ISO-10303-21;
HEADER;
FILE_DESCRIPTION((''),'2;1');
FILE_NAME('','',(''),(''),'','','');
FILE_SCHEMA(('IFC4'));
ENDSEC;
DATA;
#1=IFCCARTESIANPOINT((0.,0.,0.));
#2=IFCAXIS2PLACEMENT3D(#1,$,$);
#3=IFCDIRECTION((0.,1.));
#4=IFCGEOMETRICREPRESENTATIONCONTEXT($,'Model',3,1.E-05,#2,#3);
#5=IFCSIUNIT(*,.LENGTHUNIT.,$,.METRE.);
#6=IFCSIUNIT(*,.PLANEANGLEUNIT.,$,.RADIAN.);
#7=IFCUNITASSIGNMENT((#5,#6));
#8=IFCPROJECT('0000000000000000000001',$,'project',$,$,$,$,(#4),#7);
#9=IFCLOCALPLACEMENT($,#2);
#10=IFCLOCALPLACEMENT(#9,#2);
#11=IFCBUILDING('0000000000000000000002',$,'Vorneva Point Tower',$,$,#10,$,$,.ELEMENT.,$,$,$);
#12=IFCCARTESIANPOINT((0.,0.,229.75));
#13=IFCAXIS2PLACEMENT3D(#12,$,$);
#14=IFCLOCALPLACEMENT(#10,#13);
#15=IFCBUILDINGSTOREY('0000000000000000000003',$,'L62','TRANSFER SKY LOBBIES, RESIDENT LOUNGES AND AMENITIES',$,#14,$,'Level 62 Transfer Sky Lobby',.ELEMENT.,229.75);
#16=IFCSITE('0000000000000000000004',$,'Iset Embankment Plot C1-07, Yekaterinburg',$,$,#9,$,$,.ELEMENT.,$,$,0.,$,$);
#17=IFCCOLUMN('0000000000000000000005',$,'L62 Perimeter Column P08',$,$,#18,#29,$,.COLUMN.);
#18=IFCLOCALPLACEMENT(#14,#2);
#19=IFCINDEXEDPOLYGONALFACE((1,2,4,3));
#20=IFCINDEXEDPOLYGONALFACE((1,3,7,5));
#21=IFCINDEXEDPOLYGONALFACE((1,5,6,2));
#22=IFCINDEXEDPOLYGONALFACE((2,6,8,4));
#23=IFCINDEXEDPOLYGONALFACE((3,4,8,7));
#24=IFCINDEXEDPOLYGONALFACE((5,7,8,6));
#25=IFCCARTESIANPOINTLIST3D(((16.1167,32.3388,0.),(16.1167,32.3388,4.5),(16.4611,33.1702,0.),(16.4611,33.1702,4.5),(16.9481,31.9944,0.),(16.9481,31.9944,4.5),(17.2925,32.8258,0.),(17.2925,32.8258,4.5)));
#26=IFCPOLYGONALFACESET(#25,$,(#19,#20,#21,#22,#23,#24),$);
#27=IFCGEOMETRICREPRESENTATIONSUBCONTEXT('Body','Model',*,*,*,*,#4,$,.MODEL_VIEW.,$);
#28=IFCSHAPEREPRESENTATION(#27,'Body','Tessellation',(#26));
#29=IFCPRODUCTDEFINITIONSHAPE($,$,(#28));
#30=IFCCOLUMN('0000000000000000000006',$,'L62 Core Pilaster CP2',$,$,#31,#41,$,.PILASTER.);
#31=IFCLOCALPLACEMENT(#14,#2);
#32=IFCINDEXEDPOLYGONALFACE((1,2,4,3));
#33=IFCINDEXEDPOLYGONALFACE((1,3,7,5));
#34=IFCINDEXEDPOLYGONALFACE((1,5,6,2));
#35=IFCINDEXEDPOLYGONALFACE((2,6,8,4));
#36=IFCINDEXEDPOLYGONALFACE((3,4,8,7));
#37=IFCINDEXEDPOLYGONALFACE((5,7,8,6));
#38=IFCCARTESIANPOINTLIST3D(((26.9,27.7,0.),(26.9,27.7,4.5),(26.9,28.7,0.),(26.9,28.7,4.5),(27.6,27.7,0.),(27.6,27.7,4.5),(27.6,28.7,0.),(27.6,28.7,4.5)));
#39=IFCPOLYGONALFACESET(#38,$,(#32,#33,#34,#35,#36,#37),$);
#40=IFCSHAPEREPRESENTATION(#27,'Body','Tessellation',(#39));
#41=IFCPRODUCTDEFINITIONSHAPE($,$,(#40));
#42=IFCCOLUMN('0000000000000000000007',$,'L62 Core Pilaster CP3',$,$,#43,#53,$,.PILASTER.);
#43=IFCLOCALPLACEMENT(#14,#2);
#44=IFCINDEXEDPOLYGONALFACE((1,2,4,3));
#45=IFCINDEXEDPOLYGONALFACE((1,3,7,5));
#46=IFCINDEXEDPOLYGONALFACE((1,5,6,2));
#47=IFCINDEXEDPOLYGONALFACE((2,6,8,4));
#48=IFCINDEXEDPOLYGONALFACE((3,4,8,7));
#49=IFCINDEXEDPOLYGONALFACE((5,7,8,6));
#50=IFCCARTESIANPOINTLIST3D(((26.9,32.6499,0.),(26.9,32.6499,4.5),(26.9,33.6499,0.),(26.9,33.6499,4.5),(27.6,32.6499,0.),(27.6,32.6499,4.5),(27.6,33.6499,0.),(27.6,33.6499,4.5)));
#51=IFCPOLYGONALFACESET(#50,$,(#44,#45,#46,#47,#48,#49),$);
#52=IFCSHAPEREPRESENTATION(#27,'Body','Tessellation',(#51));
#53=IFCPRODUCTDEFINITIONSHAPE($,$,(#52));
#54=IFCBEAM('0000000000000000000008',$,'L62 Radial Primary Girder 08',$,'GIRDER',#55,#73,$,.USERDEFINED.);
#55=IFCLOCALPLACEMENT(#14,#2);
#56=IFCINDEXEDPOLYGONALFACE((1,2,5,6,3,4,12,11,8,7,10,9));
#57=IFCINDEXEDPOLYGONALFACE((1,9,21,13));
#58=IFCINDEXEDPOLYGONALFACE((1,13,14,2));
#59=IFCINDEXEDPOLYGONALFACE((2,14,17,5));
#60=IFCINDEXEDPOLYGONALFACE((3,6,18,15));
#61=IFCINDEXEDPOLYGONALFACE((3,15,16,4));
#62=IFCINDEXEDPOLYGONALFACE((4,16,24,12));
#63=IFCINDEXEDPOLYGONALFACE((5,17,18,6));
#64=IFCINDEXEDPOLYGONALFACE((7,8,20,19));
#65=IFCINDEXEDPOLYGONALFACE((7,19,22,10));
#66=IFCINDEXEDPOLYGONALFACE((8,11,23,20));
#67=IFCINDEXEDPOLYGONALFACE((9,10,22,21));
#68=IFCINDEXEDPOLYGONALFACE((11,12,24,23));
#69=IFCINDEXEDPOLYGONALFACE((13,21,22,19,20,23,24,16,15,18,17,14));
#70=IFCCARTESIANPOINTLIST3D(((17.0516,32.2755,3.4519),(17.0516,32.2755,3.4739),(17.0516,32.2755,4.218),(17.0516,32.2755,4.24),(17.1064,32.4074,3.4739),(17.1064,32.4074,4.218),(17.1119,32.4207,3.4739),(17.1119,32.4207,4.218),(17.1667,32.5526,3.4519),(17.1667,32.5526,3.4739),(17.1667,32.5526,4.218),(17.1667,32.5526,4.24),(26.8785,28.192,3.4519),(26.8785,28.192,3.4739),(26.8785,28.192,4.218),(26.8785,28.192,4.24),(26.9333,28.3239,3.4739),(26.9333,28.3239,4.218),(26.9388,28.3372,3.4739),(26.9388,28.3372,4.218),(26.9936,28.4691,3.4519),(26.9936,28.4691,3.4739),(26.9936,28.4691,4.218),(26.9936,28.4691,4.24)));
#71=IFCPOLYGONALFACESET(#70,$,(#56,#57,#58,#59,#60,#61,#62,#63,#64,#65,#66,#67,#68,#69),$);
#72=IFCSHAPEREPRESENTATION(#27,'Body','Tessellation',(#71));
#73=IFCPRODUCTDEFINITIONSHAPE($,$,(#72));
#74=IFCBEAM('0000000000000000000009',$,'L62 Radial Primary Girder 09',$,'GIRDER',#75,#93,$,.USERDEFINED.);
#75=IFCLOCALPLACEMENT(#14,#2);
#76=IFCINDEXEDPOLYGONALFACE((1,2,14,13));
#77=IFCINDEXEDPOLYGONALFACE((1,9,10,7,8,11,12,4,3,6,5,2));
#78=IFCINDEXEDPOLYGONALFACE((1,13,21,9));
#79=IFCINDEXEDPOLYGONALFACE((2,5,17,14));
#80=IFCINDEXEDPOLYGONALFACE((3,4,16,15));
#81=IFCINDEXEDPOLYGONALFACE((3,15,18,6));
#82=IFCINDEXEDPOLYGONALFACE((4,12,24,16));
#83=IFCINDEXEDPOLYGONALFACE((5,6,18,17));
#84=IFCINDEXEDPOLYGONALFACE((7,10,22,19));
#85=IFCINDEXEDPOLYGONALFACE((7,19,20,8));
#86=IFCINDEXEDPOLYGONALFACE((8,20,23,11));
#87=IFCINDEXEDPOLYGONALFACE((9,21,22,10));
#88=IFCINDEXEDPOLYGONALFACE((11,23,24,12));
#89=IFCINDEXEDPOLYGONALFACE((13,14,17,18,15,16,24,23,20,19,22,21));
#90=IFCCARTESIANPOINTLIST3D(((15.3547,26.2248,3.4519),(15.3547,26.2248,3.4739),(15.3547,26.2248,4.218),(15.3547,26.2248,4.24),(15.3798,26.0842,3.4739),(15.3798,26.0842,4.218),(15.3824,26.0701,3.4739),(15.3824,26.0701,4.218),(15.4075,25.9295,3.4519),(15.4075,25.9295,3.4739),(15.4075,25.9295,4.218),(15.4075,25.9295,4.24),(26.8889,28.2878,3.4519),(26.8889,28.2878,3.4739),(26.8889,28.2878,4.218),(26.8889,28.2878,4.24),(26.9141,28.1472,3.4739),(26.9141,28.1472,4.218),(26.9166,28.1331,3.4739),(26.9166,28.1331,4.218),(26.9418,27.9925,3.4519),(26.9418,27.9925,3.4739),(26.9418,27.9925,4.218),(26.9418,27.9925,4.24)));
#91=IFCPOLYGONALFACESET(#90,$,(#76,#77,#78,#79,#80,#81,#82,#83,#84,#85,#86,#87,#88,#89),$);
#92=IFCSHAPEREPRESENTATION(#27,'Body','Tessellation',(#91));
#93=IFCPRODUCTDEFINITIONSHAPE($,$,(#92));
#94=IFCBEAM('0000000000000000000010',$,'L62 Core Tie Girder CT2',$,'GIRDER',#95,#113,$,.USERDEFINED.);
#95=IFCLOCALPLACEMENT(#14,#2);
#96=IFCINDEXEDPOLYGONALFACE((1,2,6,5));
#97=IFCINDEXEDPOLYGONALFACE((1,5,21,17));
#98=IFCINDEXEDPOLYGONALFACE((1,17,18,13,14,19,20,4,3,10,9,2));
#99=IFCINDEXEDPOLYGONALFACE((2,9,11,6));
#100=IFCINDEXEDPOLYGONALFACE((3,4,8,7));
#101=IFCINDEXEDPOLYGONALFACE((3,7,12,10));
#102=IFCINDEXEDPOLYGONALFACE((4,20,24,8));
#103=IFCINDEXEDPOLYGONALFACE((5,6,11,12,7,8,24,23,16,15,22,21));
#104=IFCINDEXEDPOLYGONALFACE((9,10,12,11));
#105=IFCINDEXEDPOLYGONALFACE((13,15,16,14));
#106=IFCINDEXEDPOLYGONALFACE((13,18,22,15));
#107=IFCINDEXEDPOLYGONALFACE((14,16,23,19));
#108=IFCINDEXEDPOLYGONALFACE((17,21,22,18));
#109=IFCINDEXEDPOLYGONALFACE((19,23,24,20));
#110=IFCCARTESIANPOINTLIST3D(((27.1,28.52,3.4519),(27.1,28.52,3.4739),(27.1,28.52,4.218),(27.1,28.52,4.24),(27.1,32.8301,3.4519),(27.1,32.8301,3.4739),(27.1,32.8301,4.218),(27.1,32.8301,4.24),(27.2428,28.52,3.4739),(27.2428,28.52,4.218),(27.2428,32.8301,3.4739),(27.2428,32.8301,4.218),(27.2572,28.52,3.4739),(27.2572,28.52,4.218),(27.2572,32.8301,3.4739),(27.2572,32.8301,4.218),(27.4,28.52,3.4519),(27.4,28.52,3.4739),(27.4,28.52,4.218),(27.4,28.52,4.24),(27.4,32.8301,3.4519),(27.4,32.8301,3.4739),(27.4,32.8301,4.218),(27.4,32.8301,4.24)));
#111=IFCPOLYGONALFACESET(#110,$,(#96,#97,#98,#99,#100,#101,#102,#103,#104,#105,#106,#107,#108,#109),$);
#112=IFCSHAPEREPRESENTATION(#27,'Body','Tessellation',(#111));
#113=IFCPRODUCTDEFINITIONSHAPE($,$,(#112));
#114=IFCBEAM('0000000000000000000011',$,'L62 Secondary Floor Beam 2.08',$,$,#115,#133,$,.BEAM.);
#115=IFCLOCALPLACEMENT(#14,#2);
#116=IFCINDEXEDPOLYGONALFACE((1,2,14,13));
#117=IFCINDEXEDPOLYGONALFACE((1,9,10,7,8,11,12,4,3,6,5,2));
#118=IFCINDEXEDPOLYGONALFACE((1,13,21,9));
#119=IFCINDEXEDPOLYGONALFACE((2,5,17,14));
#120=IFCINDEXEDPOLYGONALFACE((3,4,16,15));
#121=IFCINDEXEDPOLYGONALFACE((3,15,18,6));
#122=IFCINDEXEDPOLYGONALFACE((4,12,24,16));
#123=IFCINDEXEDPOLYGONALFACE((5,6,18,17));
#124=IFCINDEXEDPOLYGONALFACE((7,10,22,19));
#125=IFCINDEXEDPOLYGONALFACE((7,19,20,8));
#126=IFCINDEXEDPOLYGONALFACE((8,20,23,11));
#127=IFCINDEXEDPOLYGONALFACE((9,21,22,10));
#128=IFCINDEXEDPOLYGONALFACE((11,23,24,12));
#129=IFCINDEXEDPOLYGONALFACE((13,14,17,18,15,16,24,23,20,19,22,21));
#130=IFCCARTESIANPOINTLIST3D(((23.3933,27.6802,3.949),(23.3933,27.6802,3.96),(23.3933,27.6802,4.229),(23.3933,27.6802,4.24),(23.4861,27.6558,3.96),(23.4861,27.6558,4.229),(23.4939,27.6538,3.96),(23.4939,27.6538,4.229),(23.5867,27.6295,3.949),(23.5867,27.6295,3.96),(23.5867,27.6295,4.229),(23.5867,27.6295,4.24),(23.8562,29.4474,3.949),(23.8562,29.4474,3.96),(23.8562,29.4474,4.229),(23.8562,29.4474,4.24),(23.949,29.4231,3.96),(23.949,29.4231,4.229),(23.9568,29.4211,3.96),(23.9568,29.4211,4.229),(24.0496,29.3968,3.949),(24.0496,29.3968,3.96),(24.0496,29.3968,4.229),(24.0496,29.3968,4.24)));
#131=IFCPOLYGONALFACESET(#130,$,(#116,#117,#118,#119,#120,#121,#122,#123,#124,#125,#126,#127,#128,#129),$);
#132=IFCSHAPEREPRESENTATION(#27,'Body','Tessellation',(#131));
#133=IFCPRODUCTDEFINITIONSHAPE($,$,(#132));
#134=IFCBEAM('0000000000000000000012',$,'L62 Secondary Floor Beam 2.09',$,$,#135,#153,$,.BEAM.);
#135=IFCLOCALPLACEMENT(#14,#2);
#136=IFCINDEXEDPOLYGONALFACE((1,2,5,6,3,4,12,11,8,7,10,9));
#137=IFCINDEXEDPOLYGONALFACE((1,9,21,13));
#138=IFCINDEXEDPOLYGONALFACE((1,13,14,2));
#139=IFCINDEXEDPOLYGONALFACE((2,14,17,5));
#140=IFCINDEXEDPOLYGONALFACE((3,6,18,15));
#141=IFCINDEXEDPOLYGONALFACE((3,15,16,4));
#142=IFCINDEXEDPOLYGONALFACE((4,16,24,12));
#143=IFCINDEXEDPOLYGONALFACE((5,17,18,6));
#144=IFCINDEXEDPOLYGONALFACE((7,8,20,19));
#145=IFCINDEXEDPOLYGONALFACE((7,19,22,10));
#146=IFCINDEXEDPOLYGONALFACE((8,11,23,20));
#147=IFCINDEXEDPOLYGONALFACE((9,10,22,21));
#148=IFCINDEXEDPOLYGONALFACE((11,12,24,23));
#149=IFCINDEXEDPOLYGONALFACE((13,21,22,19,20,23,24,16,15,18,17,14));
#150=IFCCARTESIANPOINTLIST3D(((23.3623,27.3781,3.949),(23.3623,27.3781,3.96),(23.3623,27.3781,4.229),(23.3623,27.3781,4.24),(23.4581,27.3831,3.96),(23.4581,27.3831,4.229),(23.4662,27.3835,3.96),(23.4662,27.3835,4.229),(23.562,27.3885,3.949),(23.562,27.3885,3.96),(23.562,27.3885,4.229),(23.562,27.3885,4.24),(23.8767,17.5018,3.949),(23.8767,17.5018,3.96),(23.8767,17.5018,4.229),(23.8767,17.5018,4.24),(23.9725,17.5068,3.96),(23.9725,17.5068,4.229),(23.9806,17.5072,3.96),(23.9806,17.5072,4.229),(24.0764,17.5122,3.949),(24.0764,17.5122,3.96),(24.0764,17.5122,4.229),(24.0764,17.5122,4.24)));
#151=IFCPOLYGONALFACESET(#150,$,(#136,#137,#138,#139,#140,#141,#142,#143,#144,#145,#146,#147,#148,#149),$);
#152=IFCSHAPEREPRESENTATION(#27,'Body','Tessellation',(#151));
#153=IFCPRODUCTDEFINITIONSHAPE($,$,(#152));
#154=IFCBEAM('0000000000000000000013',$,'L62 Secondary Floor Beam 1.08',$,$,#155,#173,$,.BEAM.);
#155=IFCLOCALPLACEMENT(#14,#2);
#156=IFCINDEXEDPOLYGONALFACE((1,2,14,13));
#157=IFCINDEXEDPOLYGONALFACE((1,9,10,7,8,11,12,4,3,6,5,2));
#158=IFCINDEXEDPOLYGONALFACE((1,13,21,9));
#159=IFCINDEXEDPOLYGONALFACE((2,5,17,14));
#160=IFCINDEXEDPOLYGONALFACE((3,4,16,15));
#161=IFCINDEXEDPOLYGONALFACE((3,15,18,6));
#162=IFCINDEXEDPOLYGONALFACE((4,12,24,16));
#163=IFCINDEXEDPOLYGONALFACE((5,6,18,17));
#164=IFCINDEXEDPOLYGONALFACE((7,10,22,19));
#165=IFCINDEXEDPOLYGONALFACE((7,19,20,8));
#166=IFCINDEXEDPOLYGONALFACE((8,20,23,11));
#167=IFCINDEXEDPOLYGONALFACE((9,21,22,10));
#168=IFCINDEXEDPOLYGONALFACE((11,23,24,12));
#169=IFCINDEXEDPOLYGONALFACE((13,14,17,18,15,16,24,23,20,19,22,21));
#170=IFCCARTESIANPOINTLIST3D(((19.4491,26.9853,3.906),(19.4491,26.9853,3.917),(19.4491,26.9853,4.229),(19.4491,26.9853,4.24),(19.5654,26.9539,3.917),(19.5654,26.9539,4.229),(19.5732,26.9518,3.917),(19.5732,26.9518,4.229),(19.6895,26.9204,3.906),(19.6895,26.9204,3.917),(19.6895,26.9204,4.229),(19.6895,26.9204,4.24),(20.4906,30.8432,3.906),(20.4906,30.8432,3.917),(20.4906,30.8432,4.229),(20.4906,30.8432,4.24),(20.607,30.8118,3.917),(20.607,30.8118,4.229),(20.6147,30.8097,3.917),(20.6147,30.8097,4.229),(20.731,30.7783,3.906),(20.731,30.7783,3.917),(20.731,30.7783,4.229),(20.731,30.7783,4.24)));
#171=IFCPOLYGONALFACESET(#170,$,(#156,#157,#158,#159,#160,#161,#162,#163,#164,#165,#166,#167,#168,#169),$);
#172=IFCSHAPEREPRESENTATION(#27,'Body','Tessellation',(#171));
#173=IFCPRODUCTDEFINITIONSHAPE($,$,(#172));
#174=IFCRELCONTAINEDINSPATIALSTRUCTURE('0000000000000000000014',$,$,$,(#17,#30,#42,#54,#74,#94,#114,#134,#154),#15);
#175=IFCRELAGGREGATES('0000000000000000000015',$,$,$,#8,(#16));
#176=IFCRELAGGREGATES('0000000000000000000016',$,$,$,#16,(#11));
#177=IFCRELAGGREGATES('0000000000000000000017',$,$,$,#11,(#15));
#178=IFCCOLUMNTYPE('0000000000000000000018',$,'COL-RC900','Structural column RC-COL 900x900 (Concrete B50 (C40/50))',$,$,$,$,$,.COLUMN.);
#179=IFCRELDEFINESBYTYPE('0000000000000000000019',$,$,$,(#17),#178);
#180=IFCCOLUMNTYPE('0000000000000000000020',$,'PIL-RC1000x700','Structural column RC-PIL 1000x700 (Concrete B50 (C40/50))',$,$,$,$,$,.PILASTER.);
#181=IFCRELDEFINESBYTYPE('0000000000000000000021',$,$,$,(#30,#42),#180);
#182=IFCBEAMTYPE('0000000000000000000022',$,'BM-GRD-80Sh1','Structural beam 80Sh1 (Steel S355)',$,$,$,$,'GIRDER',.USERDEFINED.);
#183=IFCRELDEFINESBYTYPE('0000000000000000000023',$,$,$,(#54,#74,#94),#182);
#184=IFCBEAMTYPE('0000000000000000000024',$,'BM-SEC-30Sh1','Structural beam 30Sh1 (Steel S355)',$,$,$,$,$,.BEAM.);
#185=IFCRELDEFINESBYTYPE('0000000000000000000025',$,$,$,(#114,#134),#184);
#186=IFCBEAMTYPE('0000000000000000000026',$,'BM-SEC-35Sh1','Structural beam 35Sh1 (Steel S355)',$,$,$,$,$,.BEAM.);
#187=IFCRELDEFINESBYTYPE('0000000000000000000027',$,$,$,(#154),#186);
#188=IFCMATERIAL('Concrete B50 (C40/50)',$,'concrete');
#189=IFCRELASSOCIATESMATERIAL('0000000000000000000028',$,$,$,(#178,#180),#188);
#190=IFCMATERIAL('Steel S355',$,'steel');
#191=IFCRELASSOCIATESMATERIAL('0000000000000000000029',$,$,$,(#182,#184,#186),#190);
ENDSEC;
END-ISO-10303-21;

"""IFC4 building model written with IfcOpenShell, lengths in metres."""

from ifc_helpers import new_model, si_unit, direction, frame, origin, origin_2d, place, context, subcontext, project, spatial, rectangle, i_section, extrude, material, material_profile, profile_set, type_object, element, save


model = new_model("IFC4")

# Units and contexts
model_context = context("Model", 3, precision=1e-05, world=origin(), true_north=direction((0.0, 1.0)))
body_context = subcontext(model_context, "Body", "Model", "MODEL_VIEW")
ifc_project = project(units=[si_unit("LENGTHUNIT", "METRE"), si_unit("PLANEANGLEUNIT", "RADIAN")], contexts=[model_context])

# Site, building, storey
site_placement = place(None, origin())
site = spatial("IfcSite", under=ifc_project, at=site_placement, Name="Iset Embankment Plot C1-07, Yekaterinburg", CompositionType="ELEMENT", RefElevation=0.0)
building_placement = place(site_placement, origin())
building = spatial("IfcBuilding", under=site, at=building_placement, Name="Vorneva Point Tower", CompositionType="ELEMENT")
storey_placement = place(building_placement, frame((0.0, 0.0, 229.75)))
storey = spatial("IfcBuildingStorey", under=building, at=storey_placement, Name="L62", Description="TRANSFER SKY LOBBIES, RESIDENT LOUNGES AND AMENITIES", LongName="Level 62 Transfer Sky Lobby", CompositionType="ELEMENT", Elevation=229.75)

# Columns
ifc_material_1 = material(Name="Concrete B50 (C40/50)", Category="concrete")
ifc_material_profile_1 = material_profile(ifc_material_1, rectangle(XDim=0.8999, YDim=0.8999, at=origin_2d()), Name="RC-COL 900x900")
ifc_profile_set_1 = profile_set([ifc_material_profile_1], Name="Concrete B50 (C40/50)")
column_type_1 = type_object("IfcColumnType", Name="COL-RC900", Description="Structural column RC-COL 900x900 (Concrete B50 (C40/50))", PredefinedType="COLUMN", material=ifc_profile_set_1)
column_placement = place(storey_placement, frame((16.7046, 32.5823, 0.0), z_axis=(0.0, 0.0, 1.0), x_axis=(-0.92388, 0.382683, 0.0)))
element("IfcColumn", 1, at=column_placement, inside=storey, type_object=column_type_1, Name="L62 Perimeter Column P08", PredefinedType="COLUMN", context=body_context, shape_type="SweptSolid", body=[
    extrude(rectangle(XDim=0.8999, YDim=0.8999, at=origin_2d()), origin(), (0.0, 0.0, 1.0), 4.5),
])
ifc_material_profile_2 = material_profile(ifc_material_1, rectangle(XDim=0.7, YDim=1.0, at=origin_2d()), Name="RC-PIL 1000x700")
ifc_profile_set_2 = profile_set([ifc_material_profile_2], Name="Concrete B50 (C40/50)")
column_type_2 = type_object("IfcColumnType", Name="PIL-RC1000x700", Description="Structural column RC-PIL 1000x700 (Concrete B50 (C40/50))", PredefinedType="PILASTER", material=ifc_profile_set_2)
for number, where, z_axis, x_axis, name in (
    (2, (27.25, 28.2, 0.0), (0.0, 0.0, 1.0), (1.0, 0.0, 0.0), "L62 Core Pilaster CP2"),
    (3, (27.25, 33.1499, 0.0), (0.0, 0.0, 1.0), (1.0, 0.0, 0.0), "L62 Core Pilaster CP3"),
):
    element("IfcColumn", number, at=place(storey_placement, frame(where, z_axis=z_axis, x_axis=x_axis)), inside=storey, type_object=column_type_2, Name=name, PredefinedType="PILASTER", context=body_context, shape_type="SweptSolid", body=[
        extrude(rectangle(XDim=0.7, YDim=1.0, at=origin_2d()), origin(), (0.0, 0.0, 1.0), 4.5),
    ])

# Beams
ifc_material_2 = material(Name="Steel S355", Category="steel")
ifc_material_profile_3 = material_profile(ifc_material_2, i_section(OverallWidth=0.3, OverallDepth=0.7881, WebThickness=0.0144, FlangeThickness=0.022, at=origin_2d()), Name="80Sh1")
ifc_profile_set_3 = profile_set([ifc_material_profile_3], Name="Steel S355")
beam_type_1 = type_object("IfcBeamType", Name="BM-GRD-80Sh1", Description="Structural beam 80Sh1 (Steel S355)", ElementType="GIRDER", PredefinedType="USERDEFINED", material=ifc_profile_set_3)
beam_1_placement = place(storey_placement, frame((17.1091, 32.4141, 3.8459), z_axis=(0.923445, -0.383731, 0.0), x_axis=(0.383731, 0.923445, 0.0)))
element("IfcBeam", 4, at=beam_1_placement, inside=storey, type_object=beam_type_1, Name="L62 Radial Primary Girder 08", ObjectType="GIRDER", PredefinedType="USERDEFINED", context=body_context, shape_type="SweptSolid", body=[
    extrude(i_section(OverallWidth=0.3, OverallDepth=0.7881, WebThickness=0.0144, FlangeThickness=0.022, at=origin_2d()), origin(), (0.0, 0.0, 1.0), 10.6416),
])
beam_2_placement = place(storey_placement, frame((15.3811, 26.0771, 3.8459), z_axis=(0.984379, 0.176065, 0.0), x_axis=(-0.176065, 0.984379, 0.0)))
element("IfcBeam", 5, at=beam_2_placement, inside=storey, type_object=beam_type_1, Name="L62 Radial Primary Girder 09", ObjectType="GIRDER", PredefinedType="USERDEFINED", context=body_context, shape_type="SweptSolid", body=[
    extrude(i_section(OverallWidth=0.3, OverallDepth=0.7881, WebThickness=0.0144, FlangeThickness=0.022, at=origin_2d()), origin(), (0.0, 0.0, 1.0), 11.7173),
])
beam_3_placement = place(storey_placement, frame((27.25, 28.52, 3.8459), z_axis=(0.0, 1.0, 0.0), x_axis=(-1.0, 0.0, 0.0)))
element("IfcBeam", 6, at=beam_3_placement, inside=storey, type_object=beam_type_1, Name="L62 Core Tie Girder CT2", ObjectType="GIRDER", PredefinedType="USERDEFINED", context=body_context, shape_type="SweptSolid", body=[
    extrude(i_section(OverallWidth=0.3, OverallDepth=0.7881, WebThickness=0.0144, FlangeThickness=0.022, at=origin_2d()), origin(), (0.0, 0.0, 1.0), 4.3101),
])
ifc_material_profile_4 = material_profile(ifc_material_2, i_section(OverallWidth=0.2, OverallDepth=0.291, WebThickness=0.0081, FlangeThickness=0.011, at=origin_2d()), Name="30Sh1")
ifc_profile_set_4 = profile_set([ifc_material_profile_4], Name="Steel S355")
beam_type_2 = type_object("IfcBeamType", Name="BM-SEC-30Sh1", Description="Structural beam 30Sh1 (Steel S355)", PredefinedType="BEAM", material=ifc_profile_set_4)
beam_4_placement = place(storey_placement, frame((23.9529, 29.4221, 4.0945), z_axis=(-0.253368, -0.96737, 0.0), x_axis=(0.96737, -0.253368, 0.0)))
element("IfcBeam", 7, at=beam_4_placement, inside=storey, type_object=beam_type_2, Name="L62 Secondary Floor Beam 2.08", PredefinedType="BEAM", context=body_context, shape_type="SweptSolid", body=[
    extrude(i_section(OverallWidth=0.2, OverallDepth=0.291, WebThickness=0.0081, FlangeThickness=0.011, at=origin_2d()), origin(), (0.0, 0.0, 1.0), 1.8269),
])
beam_5_placement = place(storey_placement, frame((23.4622, 27.3833, 4.0945), z_axis=(0.052015, -0.998646, 0.0), x_axis=(0.998646, 0.052015, 0.0)))
element("IfcBeam", 8, at=beam_5_placement, inside=storey, type_object=beam_type_2, Name="L62 Secondary Floor Beam 2.09", PredefinedType="BEAM", context=body_context, shape_type="SweptSolid", body=[
    extrude(i_section(OverallWidth=0.2, OverallDepth=0.291, WebThickness=0.0081, FlangeThickness=0.011, at=origin_2d()), origin(), (0.0, 0.0, 1.0), 9.8896),
])
ifc_material_profile_5 = material_profile(ifc_material_2, i_section(OverallWidth=0.249, OverallDepth=0.334, WebThickness=0.0081, FlangeThickness=0.011, at=origin_2d()), Name="35Sh1")
ifc_profile_set_5 = profile_set([ifc_material_profile_5], Name="Steel S355")
beam_type_3 = type_object("IfcBeamType", Name="BM-SEC-35Sh1", Description="Structural beam 35Sh1 (Steel S355)", PredefinedType="BEAM", material=ifc_profile_set_5)
beam_6_placement = place(storey_placement, frame((20.6108, 30.8108, 4.073), z_axis=(-0.260635, -0.965437, 0.0), x_axis=(0.965437, -0.260635, 0.0)))
element("IfcBeam", 9, at=beam_6_placement, inside=storey, type_object=beam_type_3, Name="L62 Secondary Floor Beam 1.08", PredefinedType="BEAM", context=body_context, shape_type="SweptSolid", body=[
    extrude(i_section(OverallWidth=0.249, OverallDepth=0.334, WebThickness=0.0081, FlangeThickness=0.011, at=origin_2d()), origin(), (0.0, 0.0, 1.0), 3.9961),
])

save(model, "model.ifc")
